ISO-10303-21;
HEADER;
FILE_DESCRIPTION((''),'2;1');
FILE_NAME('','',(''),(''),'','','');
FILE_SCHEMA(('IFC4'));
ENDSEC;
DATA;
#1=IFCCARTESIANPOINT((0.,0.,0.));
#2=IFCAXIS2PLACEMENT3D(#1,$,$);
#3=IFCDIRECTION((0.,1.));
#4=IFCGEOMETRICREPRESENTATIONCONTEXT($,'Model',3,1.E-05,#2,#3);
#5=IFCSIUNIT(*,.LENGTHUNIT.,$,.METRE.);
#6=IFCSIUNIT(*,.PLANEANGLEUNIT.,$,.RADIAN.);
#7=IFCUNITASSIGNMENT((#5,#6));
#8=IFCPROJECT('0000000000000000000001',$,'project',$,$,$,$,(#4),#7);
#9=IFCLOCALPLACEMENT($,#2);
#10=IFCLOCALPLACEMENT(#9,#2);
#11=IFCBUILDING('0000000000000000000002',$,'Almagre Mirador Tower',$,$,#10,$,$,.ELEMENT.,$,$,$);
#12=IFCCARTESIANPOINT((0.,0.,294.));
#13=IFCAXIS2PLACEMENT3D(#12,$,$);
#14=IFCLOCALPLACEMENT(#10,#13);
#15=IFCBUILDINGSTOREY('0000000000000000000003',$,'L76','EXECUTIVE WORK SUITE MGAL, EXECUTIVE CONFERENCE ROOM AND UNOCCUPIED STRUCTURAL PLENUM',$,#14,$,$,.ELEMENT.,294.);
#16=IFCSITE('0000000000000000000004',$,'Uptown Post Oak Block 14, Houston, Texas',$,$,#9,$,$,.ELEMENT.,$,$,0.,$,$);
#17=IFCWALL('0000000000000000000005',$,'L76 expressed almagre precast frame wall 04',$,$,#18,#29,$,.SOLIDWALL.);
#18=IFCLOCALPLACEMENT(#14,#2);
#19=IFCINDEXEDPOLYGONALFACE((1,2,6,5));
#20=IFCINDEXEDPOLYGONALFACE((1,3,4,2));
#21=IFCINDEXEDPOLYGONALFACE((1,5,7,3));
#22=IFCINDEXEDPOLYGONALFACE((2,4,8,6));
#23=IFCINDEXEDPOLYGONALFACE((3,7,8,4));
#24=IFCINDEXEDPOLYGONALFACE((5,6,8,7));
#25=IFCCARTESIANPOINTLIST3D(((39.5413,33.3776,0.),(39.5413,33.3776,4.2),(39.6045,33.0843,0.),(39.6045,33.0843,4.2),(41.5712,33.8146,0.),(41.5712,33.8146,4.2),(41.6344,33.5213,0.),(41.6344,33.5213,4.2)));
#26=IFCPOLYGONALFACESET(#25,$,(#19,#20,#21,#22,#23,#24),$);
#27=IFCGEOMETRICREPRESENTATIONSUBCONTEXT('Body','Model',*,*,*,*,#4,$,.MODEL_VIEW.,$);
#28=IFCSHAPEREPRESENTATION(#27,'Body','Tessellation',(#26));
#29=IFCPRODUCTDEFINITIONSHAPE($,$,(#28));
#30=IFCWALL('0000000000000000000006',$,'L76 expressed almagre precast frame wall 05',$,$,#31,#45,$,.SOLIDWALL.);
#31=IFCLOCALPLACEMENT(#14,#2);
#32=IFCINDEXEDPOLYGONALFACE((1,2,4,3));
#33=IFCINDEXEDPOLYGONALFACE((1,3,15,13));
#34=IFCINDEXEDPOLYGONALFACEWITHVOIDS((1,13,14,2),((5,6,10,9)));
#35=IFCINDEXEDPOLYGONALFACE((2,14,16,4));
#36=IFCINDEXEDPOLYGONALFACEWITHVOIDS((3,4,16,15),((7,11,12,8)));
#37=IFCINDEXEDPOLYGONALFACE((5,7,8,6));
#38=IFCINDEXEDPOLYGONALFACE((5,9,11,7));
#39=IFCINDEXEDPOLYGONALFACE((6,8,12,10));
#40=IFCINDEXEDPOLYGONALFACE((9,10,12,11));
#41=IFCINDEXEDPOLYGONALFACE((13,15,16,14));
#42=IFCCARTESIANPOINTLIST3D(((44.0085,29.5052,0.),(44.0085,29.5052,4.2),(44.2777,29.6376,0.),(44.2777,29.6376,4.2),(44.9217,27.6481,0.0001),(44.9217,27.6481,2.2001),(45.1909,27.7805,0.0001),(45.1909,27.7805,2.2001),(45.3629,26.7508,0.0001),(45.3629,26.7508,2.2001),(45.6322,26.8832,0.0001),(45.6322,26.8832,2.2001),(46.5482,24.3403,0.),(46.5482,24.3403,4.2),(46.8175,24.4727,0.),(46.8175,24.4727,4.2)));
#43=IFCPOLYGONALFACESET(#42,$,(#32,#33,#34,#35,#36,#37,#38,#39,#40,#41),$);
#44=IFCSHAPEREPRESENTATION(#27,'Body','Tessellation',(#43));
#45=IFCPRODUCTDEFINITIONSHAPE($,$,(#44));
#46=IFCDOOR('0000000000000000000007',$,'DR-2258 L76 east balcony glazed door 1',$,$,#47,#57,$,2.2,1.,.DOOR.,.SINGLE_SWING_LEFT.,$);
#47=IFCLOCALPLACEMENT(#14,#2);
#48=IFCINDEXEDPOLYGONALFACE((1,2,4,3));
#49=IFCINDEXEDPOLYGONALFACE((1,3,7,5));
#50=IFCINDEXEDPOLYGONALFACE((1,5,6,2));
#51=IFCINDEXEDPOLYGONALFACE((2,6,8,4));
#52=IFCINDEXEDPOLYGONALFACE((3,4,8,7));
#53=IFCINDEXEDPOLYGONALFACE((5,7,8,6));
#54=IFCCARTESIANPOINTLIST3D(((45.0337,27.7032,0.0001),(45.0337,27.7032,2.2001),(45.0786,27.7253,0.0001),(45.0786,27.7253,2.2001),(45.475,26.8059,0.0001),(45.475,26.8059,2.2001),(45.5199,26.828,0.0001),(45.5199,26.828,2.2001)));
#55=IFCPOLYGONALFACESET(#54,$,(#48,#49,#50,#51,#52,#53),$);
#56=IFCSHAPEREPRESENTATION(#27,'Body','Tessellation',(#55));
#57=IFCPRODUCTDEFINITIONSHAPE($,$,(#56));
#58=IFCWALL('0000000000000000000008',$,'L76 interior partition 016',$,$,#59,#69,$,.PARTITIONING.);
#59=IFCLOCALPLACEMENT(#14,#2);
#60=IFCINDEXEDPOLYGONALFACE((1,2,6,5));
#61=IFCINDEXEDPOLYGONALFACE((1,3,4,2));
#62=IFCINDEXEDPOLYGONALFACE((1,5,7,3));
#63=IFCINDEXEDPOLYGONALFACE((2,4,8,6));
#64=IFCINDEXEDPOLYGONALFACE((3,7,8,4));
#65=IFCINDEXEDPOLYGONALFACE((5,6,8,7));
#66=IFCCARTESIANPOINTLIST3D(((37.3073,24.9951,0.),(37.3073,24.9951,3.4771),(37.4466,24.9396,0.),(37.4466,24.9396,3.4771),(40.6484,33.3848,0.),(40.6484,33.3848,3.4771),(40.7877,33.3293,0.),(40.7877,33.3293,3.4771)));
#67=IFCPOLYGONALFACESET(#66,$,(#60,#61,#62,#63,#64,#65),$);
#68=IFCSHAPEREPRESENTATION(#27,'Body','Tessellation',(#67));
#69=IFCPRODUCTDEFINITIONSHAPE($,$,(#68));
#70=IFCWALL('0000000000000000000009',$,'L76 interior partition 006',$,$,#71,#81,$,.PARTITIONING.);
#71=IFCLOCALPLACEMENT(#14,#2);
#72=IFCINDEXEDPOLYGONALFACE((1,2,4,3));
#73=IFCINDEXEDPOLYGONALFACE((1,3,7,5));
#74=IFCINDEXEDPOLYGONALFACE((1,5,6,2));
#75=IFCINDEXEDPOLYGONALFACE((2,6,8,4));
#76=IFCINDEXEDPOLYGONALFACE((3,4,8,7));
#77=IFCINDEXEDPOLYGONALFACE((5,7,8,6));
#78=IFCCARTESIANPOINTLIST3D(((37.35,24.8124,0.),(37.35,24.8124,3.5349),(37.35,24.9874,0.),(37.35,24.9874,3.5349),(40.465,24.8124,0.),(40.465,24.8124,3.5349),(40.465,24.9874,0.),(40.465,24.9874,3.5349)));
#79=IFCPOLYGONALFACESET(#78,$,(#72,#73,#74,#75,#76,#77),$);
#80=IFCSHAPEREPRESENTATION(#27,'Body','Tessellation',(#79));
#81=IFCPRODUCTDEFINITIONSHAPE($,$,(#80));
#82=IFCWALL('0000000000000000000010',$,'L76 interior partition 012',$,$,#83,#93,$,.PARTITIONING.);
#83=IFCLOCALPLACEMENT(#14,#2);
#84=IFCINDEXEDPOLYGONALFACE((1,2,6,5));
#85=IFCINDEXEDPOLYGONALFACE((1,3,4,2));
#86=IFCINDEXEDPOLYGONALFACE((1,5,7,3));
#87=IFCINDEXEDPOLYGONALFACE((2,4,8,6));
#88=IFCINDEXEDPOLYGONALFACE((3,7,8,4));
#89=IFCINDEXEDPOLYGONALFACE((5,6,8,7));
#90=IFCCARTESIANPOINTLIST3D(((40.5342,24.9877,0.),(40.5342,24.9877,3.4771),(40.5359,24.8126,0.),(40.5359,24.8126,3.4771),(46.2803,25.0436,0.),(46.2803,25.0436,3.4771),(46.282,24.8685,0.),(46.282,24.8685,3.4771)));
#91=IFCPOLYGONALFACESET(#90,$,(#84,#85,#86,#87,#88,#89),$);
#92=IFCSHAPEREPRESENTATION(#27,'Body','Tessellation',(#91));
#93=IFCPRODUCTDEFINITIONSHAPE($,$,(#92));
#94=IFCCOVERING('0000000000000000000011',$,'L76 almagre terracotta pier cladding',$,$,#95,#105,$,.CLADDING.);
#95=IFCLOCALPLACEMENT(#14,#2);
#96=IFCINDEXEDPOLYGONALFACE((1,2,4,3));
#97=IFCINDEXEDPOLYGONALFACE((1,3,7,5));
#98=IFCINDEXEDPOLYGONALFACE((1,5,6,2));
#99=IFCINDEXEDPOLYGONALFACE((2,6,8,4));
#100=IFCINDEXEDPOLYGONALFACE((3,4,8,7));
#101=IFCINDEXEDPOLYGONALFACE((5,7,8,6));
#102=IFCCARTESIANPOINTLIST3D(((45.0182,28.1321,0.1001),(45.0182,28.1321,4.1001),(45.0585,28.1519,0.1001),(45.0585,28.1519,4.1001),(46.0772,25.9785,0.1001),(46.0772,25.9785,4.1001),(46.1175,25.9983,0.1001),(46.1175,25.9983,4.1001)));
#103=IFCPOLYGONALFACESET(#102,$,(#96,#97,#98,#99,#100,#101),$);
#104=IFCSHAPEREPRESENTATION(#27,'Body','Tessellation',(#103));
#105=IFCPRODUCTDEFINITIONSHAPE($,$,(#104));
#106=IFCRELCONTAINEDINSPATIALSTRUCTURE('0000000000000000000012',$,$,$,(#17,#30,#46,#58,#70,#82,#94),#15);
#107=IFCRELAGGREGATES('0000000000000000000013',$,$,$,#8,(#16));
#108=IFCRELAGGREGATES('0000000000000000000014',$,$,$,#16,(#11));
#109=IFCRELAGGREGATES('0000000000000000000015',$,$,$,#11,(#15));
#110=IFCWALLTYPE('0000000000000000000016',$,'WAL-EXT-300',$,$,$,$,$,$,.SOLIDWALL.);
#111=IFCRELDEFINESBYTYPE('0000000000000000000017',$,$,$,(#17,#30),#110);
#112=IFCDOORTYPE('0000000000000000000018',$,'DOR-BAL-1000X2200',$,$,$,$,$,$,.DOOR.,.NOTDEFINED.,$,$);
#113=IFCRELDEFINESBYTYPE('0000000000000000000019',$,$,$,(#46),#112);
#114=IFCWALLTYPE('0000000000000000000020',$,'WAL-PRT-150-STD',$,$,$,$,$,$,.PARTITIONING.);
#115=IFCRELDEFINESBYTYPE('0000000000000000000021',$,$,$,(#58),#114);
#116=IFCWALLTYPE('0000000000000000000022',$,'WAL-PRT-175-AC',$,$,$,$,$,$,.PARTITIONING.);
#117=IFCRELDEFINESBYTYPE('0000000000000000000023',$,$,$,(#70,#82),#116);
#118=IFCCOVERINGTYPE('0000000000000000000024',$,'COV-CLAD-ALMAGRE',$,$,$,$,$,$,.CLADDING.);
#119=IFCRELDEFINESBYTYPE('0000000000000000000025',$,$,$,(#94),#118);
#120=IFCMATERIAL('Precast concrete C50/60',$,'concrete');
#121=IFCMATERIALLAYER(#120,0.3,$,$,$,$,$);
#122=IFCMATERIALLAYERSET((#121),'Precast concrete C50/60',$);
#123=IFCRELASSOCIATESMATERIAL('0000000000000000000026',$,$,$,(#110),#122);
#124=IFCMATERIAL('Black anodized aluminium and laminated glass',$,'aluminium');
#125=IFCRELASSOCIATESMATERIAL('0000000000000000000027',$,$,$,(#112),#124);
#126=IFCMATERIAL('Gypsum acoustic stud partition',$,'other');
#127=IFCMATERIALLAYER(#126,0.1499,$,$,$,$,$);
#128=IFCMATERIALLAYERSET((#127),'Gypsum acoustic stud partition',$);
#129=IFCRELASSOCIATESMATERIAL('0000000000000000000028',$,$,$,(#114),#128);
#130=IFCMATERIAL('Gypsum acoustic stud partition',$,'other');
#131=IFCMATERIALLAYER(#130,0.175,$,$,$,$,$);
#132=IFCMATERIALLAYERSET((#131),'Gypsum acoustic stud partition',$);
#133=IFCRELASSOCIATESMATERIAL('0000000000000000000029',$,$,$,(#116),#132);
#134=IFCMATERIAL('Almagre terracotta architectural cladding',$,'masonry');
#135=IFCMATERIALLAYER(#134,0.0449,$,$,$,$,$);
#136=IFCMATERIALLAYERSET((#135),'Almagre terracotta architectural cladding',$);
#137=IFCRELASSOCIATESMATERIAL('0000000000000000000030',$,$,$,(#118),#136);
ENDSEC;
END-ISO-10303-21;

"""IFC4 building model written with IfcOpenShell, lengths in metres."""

from ifc_helpers import new_model, si_unit, direction, frame, frame_2d, origin, origin_2d, place, context, subcontext, project, spatial, rectangle, extrude, material, layer, layer_set, type_object, element, fill, save


model = new_model("IFC4")

# Units and contexts
model_context = context("Model", 3, precision=1e-05, world=origin(), true_north=direction((0.0, 1.0)))
body_context = subcontext(model_context, "Body", "Model", "MODEL_VIEW")
ifc_project = project(units=[si_unit("LENGTHUNIT", "METRE"), si_unit("PLANEANGLEUNIT", "RADIAN")], contexts=[model_context])

# Site, building, storey
site_placement = place(None, origin())
site = spatial("IfcSite", under=ifc_project, at=site_placement, Name="Uptown Post Oak Block 14, Houston, Texas", CompositionType="ELEMENT", RefElevation=0.0)
building_placement = place(site_placement, origin())
building = spatial("IfcBuilding", under=site, at=building_placement, Name="Almagre Mirador Tower", CompositionType="ELEMENT")
storey_placement = place(building_placement, frame((0.0, 0.0, 294.0)))
storey = spatial("IfcBuildingStorey", under=building, at=storey_placement, Name="L76", Description="EXECUTIVE WORK SUITE MGAL, EXECUTIVE CONFERENCE ROOM AND UNOCCUPIED STRUCTURAL PLENUM", CompositionType="ELEMENT", Elevation=294.0)

# Wall
ifc_material_1 = material(Name="Precast concrete C50/60", Category="concrete")
ifc_layer_1 = layer(ifc_material_1, 0.3)
ifc_layer_set_1 = layer_set([ifc_layer_1], Name="Precast concrete C50/60")
wall_type_1 = type_object("IfcWallType", Name="WAL-EXT-300", PredefinedType="SOLIDWALL", material=ifc_layer_set_1)
wall_1_placement = place(storey_placement, frame((39.573, 33.231, 0.0), z_axis=(0.0, 0.0, 1.0), x_axis=(0.977604, 0.210452, 0.0)))
element("IfcWall", 1, at=wall_1_placement, inside=storey, type_object=wall_type_1, Name="L76 expressed almagre precast frame wall 04", PredefinedType="SOLIDWALL", context=body_context, shape_type="SweptSolid", body=[
    extrude(rectangle(XDim=2.0764, YDim=0.3, at=frame_2d((1.0381, 0.0))), origin(), (0.0, 0.0, 1.0), 4.2),
])

# Wall, opening, door
wall_2_placement = place(storey_placement, frame((44.1431, 29.5715, 0.0), z_axis=(0.0, 0.0, 1.0), x_axis=(0.441265, -0.897377, 0.0)))
wall_2 = element("IfcWall", 2, at=wall_2_placement, inside=storey, type_object=wall_type_1, Name="L76 expressed almagre precast frame wall 05", PredefinedType="SOLIDWALL", context=body_context, shape_type="SweptSolid", body=[
    extrude(rectangle(XDim=5.7556, YDim=0.3, at=frame_2d((2.8779, 0.0))), origin(), (0.0, 0.0, 1.0), 4.2),
])
opening_placement = place(wall_2_placement, frame((2.0696, 0.0, 0.0)))
opening = element("IfcOpeningElement", 3, at=opening_placement, cuts=wall_2, PredefinedType="OPENING", context=body_context, shape_type="SweptSolid", body=[
    extrude(rectangle(XDim=1.0, YDim=2.2, at=frame_2d((0.5, 1.1001))), frame((0.0, 0.1599, 0.0), z_axis=(0.0, -1.0, 0.0), x_axis=(1.0, 0.0, 0.0)), (0.0, 0.0, 1.0), 0.32),
])
ifc_material_2 = material(Name="Black anodized aluminium and laminated glass", Category="aluminium")
door_type = type_object("IfcDoorType", Name="DOR-BAL-1000X2200", OperationType="NOTDEFINED", PredefinedType="DOOR", material=ifc_material_2)
door_placement = place(opening_placement, origin())
door = element("IfcDoor", 4, at=door_placement, inside=storey, type_object=door_type, Name="DR-2258 L76 east balcony glazed door 1", OperationType="SINGLE_SWING_LEFT", OverallHeight=2.2, OverallWidth=1.0, PredefinedType="DOOR", context=body_context, shape_type="SweptSolid", body=[
    extrude(rectangle(XDim=1.0, YDim=2.2, at=frame_2d((0.5, 1.1001))), frame((0.0, 0.0249, 0.0), z_axis=(0.0, -1.0, 0.0), x_axis=(1.0, 0.0, 0.0)), (0.0, 0.0, 1.0), 0.05),
])
fill(opening, door)

# Walls
ifc_material_3 = material(Name="Gypsum acoustic stud partition", Category="other")
ifc_layer_2 = layer(ifc_material_3, 0.1499)
ifc_layer_set_2 = layer_set([ifc_layer_2], Name="Gypsum acoustic stud partition")
wall_type_2 = type_object("IfcWallType", Name="WAL-PRT-150-STD", PredefinedType="PARTITIONING", material=ifc_layer_set_2)
wall_3_placement = place(storey_placement, frame((40.718, 33.3569, 0.0), z_axis=(0.0, 0.0, 1.0), x_axis=(-0.369978, -0.929041, 0.0)))
element("IfcWall", 5, at=wall_3_placement, inside=storey, type_object=wall_type_2, Name="L76 interior partition 016", PredefinedType="PARTITIONING", context=body_context, shape_type="SweptSolid", body=[
    extrude(rectangle(XDim=9.0305, YDim=0.1499, at=frame_2d((4.5151, 0.0))), origin(), (0.0, 0.0, 1.0), 3.4771),
])
ifc_material_4 = material(Name="Gypsum acoustic stud partition", Category="other")
ifc_layer_3 = layer(ifc_material_4, 0.175)
ifc_layer_set_3 = layer_set([ifc_layer_3], Name="Gypsum acoustic stud partition")
wall_type_3 = type_object("IfcWallType", Name="WAL-PRT-175-AC", PredefinedType="PARTITIONING", material=ifc_layer_set_3)
wall_4_placement = place(storey_placement, frame((40.4651, 24.8999, 0.0), z_axis=(0.0, 0.0, 1.0), x_axis=(-1.0, 0.0, 0.0)))
element("IfcWall", 6, at=wall_4_placement, inside=storey, type_object=wall_type_3, Name="L76 interior partition 006", PredefinedType="PARTITIONING", context=body_context, shape_type="SweptSolid", body=[
    extrude(rectangle(XDim=3.115, YDim=0.175, at=frame_2d((1.5576, 0.0))), origin(), (0.0, 0.0, 1.0), 3.5349),
])
wall_5_placement = place(storey_placement, frame((46.281, 24.9561, 0.0), z_axis=(0.0, 0.0, 1.0), x_axis=(-0.999953, -0.009729, 0.0)))
element("IfcWall", 7, at=wall_5_placement, inside=storey, type_object=wall_type_3, Name="L76 interior partition 012", PredefinedType="PARTITIONING", context=body_context, shape_type="SweptSolid", body=[
    extrude(rectangle(XDim=5.7463, YDim=0.175, at=frame_2d((2.873, 0.0))), origin(), (0.0, 0.0, 1.0), 3.4771),
])

# Covering
ifc_material_5 = material(Name="Almagre terracotta architectural cladding", Category="masonry")
ifc_layer_4 = layer(ifc_material_5, 0.0449)
ifc_layer_set_4 = layer_set([ifc_layer_4], Name="Almagre terracotta architectural cladding")
covering_type = type_object("IfcCoveringType", Name="COV-CLAD-ALMAGRE", PredefinedType="CLADDING", material=ifc_layer_set_4)
covering_placement = place(storey_placement, frame((45.5679, 27.0652, 0.1001), z_axis=(0.0, 0.0, 1.0), x_axis=(0.441271, -0.897374, 0.0)))
element("IfcCovering", 8, at=covering_placement, inside=storey, type_object=covering_type, Name="L76 almagre terracotta pier cladding", PredefinedType="CLADDING", context=body_context, shape_type="SweptSolid", body=[
    extrude(rectangle(XDim=2.3999, YDim=0.0449, at=origin_2d()), origin(), (0.0, 0.0, 1.0), 4.0),
])

save(model, "model.ifc")
